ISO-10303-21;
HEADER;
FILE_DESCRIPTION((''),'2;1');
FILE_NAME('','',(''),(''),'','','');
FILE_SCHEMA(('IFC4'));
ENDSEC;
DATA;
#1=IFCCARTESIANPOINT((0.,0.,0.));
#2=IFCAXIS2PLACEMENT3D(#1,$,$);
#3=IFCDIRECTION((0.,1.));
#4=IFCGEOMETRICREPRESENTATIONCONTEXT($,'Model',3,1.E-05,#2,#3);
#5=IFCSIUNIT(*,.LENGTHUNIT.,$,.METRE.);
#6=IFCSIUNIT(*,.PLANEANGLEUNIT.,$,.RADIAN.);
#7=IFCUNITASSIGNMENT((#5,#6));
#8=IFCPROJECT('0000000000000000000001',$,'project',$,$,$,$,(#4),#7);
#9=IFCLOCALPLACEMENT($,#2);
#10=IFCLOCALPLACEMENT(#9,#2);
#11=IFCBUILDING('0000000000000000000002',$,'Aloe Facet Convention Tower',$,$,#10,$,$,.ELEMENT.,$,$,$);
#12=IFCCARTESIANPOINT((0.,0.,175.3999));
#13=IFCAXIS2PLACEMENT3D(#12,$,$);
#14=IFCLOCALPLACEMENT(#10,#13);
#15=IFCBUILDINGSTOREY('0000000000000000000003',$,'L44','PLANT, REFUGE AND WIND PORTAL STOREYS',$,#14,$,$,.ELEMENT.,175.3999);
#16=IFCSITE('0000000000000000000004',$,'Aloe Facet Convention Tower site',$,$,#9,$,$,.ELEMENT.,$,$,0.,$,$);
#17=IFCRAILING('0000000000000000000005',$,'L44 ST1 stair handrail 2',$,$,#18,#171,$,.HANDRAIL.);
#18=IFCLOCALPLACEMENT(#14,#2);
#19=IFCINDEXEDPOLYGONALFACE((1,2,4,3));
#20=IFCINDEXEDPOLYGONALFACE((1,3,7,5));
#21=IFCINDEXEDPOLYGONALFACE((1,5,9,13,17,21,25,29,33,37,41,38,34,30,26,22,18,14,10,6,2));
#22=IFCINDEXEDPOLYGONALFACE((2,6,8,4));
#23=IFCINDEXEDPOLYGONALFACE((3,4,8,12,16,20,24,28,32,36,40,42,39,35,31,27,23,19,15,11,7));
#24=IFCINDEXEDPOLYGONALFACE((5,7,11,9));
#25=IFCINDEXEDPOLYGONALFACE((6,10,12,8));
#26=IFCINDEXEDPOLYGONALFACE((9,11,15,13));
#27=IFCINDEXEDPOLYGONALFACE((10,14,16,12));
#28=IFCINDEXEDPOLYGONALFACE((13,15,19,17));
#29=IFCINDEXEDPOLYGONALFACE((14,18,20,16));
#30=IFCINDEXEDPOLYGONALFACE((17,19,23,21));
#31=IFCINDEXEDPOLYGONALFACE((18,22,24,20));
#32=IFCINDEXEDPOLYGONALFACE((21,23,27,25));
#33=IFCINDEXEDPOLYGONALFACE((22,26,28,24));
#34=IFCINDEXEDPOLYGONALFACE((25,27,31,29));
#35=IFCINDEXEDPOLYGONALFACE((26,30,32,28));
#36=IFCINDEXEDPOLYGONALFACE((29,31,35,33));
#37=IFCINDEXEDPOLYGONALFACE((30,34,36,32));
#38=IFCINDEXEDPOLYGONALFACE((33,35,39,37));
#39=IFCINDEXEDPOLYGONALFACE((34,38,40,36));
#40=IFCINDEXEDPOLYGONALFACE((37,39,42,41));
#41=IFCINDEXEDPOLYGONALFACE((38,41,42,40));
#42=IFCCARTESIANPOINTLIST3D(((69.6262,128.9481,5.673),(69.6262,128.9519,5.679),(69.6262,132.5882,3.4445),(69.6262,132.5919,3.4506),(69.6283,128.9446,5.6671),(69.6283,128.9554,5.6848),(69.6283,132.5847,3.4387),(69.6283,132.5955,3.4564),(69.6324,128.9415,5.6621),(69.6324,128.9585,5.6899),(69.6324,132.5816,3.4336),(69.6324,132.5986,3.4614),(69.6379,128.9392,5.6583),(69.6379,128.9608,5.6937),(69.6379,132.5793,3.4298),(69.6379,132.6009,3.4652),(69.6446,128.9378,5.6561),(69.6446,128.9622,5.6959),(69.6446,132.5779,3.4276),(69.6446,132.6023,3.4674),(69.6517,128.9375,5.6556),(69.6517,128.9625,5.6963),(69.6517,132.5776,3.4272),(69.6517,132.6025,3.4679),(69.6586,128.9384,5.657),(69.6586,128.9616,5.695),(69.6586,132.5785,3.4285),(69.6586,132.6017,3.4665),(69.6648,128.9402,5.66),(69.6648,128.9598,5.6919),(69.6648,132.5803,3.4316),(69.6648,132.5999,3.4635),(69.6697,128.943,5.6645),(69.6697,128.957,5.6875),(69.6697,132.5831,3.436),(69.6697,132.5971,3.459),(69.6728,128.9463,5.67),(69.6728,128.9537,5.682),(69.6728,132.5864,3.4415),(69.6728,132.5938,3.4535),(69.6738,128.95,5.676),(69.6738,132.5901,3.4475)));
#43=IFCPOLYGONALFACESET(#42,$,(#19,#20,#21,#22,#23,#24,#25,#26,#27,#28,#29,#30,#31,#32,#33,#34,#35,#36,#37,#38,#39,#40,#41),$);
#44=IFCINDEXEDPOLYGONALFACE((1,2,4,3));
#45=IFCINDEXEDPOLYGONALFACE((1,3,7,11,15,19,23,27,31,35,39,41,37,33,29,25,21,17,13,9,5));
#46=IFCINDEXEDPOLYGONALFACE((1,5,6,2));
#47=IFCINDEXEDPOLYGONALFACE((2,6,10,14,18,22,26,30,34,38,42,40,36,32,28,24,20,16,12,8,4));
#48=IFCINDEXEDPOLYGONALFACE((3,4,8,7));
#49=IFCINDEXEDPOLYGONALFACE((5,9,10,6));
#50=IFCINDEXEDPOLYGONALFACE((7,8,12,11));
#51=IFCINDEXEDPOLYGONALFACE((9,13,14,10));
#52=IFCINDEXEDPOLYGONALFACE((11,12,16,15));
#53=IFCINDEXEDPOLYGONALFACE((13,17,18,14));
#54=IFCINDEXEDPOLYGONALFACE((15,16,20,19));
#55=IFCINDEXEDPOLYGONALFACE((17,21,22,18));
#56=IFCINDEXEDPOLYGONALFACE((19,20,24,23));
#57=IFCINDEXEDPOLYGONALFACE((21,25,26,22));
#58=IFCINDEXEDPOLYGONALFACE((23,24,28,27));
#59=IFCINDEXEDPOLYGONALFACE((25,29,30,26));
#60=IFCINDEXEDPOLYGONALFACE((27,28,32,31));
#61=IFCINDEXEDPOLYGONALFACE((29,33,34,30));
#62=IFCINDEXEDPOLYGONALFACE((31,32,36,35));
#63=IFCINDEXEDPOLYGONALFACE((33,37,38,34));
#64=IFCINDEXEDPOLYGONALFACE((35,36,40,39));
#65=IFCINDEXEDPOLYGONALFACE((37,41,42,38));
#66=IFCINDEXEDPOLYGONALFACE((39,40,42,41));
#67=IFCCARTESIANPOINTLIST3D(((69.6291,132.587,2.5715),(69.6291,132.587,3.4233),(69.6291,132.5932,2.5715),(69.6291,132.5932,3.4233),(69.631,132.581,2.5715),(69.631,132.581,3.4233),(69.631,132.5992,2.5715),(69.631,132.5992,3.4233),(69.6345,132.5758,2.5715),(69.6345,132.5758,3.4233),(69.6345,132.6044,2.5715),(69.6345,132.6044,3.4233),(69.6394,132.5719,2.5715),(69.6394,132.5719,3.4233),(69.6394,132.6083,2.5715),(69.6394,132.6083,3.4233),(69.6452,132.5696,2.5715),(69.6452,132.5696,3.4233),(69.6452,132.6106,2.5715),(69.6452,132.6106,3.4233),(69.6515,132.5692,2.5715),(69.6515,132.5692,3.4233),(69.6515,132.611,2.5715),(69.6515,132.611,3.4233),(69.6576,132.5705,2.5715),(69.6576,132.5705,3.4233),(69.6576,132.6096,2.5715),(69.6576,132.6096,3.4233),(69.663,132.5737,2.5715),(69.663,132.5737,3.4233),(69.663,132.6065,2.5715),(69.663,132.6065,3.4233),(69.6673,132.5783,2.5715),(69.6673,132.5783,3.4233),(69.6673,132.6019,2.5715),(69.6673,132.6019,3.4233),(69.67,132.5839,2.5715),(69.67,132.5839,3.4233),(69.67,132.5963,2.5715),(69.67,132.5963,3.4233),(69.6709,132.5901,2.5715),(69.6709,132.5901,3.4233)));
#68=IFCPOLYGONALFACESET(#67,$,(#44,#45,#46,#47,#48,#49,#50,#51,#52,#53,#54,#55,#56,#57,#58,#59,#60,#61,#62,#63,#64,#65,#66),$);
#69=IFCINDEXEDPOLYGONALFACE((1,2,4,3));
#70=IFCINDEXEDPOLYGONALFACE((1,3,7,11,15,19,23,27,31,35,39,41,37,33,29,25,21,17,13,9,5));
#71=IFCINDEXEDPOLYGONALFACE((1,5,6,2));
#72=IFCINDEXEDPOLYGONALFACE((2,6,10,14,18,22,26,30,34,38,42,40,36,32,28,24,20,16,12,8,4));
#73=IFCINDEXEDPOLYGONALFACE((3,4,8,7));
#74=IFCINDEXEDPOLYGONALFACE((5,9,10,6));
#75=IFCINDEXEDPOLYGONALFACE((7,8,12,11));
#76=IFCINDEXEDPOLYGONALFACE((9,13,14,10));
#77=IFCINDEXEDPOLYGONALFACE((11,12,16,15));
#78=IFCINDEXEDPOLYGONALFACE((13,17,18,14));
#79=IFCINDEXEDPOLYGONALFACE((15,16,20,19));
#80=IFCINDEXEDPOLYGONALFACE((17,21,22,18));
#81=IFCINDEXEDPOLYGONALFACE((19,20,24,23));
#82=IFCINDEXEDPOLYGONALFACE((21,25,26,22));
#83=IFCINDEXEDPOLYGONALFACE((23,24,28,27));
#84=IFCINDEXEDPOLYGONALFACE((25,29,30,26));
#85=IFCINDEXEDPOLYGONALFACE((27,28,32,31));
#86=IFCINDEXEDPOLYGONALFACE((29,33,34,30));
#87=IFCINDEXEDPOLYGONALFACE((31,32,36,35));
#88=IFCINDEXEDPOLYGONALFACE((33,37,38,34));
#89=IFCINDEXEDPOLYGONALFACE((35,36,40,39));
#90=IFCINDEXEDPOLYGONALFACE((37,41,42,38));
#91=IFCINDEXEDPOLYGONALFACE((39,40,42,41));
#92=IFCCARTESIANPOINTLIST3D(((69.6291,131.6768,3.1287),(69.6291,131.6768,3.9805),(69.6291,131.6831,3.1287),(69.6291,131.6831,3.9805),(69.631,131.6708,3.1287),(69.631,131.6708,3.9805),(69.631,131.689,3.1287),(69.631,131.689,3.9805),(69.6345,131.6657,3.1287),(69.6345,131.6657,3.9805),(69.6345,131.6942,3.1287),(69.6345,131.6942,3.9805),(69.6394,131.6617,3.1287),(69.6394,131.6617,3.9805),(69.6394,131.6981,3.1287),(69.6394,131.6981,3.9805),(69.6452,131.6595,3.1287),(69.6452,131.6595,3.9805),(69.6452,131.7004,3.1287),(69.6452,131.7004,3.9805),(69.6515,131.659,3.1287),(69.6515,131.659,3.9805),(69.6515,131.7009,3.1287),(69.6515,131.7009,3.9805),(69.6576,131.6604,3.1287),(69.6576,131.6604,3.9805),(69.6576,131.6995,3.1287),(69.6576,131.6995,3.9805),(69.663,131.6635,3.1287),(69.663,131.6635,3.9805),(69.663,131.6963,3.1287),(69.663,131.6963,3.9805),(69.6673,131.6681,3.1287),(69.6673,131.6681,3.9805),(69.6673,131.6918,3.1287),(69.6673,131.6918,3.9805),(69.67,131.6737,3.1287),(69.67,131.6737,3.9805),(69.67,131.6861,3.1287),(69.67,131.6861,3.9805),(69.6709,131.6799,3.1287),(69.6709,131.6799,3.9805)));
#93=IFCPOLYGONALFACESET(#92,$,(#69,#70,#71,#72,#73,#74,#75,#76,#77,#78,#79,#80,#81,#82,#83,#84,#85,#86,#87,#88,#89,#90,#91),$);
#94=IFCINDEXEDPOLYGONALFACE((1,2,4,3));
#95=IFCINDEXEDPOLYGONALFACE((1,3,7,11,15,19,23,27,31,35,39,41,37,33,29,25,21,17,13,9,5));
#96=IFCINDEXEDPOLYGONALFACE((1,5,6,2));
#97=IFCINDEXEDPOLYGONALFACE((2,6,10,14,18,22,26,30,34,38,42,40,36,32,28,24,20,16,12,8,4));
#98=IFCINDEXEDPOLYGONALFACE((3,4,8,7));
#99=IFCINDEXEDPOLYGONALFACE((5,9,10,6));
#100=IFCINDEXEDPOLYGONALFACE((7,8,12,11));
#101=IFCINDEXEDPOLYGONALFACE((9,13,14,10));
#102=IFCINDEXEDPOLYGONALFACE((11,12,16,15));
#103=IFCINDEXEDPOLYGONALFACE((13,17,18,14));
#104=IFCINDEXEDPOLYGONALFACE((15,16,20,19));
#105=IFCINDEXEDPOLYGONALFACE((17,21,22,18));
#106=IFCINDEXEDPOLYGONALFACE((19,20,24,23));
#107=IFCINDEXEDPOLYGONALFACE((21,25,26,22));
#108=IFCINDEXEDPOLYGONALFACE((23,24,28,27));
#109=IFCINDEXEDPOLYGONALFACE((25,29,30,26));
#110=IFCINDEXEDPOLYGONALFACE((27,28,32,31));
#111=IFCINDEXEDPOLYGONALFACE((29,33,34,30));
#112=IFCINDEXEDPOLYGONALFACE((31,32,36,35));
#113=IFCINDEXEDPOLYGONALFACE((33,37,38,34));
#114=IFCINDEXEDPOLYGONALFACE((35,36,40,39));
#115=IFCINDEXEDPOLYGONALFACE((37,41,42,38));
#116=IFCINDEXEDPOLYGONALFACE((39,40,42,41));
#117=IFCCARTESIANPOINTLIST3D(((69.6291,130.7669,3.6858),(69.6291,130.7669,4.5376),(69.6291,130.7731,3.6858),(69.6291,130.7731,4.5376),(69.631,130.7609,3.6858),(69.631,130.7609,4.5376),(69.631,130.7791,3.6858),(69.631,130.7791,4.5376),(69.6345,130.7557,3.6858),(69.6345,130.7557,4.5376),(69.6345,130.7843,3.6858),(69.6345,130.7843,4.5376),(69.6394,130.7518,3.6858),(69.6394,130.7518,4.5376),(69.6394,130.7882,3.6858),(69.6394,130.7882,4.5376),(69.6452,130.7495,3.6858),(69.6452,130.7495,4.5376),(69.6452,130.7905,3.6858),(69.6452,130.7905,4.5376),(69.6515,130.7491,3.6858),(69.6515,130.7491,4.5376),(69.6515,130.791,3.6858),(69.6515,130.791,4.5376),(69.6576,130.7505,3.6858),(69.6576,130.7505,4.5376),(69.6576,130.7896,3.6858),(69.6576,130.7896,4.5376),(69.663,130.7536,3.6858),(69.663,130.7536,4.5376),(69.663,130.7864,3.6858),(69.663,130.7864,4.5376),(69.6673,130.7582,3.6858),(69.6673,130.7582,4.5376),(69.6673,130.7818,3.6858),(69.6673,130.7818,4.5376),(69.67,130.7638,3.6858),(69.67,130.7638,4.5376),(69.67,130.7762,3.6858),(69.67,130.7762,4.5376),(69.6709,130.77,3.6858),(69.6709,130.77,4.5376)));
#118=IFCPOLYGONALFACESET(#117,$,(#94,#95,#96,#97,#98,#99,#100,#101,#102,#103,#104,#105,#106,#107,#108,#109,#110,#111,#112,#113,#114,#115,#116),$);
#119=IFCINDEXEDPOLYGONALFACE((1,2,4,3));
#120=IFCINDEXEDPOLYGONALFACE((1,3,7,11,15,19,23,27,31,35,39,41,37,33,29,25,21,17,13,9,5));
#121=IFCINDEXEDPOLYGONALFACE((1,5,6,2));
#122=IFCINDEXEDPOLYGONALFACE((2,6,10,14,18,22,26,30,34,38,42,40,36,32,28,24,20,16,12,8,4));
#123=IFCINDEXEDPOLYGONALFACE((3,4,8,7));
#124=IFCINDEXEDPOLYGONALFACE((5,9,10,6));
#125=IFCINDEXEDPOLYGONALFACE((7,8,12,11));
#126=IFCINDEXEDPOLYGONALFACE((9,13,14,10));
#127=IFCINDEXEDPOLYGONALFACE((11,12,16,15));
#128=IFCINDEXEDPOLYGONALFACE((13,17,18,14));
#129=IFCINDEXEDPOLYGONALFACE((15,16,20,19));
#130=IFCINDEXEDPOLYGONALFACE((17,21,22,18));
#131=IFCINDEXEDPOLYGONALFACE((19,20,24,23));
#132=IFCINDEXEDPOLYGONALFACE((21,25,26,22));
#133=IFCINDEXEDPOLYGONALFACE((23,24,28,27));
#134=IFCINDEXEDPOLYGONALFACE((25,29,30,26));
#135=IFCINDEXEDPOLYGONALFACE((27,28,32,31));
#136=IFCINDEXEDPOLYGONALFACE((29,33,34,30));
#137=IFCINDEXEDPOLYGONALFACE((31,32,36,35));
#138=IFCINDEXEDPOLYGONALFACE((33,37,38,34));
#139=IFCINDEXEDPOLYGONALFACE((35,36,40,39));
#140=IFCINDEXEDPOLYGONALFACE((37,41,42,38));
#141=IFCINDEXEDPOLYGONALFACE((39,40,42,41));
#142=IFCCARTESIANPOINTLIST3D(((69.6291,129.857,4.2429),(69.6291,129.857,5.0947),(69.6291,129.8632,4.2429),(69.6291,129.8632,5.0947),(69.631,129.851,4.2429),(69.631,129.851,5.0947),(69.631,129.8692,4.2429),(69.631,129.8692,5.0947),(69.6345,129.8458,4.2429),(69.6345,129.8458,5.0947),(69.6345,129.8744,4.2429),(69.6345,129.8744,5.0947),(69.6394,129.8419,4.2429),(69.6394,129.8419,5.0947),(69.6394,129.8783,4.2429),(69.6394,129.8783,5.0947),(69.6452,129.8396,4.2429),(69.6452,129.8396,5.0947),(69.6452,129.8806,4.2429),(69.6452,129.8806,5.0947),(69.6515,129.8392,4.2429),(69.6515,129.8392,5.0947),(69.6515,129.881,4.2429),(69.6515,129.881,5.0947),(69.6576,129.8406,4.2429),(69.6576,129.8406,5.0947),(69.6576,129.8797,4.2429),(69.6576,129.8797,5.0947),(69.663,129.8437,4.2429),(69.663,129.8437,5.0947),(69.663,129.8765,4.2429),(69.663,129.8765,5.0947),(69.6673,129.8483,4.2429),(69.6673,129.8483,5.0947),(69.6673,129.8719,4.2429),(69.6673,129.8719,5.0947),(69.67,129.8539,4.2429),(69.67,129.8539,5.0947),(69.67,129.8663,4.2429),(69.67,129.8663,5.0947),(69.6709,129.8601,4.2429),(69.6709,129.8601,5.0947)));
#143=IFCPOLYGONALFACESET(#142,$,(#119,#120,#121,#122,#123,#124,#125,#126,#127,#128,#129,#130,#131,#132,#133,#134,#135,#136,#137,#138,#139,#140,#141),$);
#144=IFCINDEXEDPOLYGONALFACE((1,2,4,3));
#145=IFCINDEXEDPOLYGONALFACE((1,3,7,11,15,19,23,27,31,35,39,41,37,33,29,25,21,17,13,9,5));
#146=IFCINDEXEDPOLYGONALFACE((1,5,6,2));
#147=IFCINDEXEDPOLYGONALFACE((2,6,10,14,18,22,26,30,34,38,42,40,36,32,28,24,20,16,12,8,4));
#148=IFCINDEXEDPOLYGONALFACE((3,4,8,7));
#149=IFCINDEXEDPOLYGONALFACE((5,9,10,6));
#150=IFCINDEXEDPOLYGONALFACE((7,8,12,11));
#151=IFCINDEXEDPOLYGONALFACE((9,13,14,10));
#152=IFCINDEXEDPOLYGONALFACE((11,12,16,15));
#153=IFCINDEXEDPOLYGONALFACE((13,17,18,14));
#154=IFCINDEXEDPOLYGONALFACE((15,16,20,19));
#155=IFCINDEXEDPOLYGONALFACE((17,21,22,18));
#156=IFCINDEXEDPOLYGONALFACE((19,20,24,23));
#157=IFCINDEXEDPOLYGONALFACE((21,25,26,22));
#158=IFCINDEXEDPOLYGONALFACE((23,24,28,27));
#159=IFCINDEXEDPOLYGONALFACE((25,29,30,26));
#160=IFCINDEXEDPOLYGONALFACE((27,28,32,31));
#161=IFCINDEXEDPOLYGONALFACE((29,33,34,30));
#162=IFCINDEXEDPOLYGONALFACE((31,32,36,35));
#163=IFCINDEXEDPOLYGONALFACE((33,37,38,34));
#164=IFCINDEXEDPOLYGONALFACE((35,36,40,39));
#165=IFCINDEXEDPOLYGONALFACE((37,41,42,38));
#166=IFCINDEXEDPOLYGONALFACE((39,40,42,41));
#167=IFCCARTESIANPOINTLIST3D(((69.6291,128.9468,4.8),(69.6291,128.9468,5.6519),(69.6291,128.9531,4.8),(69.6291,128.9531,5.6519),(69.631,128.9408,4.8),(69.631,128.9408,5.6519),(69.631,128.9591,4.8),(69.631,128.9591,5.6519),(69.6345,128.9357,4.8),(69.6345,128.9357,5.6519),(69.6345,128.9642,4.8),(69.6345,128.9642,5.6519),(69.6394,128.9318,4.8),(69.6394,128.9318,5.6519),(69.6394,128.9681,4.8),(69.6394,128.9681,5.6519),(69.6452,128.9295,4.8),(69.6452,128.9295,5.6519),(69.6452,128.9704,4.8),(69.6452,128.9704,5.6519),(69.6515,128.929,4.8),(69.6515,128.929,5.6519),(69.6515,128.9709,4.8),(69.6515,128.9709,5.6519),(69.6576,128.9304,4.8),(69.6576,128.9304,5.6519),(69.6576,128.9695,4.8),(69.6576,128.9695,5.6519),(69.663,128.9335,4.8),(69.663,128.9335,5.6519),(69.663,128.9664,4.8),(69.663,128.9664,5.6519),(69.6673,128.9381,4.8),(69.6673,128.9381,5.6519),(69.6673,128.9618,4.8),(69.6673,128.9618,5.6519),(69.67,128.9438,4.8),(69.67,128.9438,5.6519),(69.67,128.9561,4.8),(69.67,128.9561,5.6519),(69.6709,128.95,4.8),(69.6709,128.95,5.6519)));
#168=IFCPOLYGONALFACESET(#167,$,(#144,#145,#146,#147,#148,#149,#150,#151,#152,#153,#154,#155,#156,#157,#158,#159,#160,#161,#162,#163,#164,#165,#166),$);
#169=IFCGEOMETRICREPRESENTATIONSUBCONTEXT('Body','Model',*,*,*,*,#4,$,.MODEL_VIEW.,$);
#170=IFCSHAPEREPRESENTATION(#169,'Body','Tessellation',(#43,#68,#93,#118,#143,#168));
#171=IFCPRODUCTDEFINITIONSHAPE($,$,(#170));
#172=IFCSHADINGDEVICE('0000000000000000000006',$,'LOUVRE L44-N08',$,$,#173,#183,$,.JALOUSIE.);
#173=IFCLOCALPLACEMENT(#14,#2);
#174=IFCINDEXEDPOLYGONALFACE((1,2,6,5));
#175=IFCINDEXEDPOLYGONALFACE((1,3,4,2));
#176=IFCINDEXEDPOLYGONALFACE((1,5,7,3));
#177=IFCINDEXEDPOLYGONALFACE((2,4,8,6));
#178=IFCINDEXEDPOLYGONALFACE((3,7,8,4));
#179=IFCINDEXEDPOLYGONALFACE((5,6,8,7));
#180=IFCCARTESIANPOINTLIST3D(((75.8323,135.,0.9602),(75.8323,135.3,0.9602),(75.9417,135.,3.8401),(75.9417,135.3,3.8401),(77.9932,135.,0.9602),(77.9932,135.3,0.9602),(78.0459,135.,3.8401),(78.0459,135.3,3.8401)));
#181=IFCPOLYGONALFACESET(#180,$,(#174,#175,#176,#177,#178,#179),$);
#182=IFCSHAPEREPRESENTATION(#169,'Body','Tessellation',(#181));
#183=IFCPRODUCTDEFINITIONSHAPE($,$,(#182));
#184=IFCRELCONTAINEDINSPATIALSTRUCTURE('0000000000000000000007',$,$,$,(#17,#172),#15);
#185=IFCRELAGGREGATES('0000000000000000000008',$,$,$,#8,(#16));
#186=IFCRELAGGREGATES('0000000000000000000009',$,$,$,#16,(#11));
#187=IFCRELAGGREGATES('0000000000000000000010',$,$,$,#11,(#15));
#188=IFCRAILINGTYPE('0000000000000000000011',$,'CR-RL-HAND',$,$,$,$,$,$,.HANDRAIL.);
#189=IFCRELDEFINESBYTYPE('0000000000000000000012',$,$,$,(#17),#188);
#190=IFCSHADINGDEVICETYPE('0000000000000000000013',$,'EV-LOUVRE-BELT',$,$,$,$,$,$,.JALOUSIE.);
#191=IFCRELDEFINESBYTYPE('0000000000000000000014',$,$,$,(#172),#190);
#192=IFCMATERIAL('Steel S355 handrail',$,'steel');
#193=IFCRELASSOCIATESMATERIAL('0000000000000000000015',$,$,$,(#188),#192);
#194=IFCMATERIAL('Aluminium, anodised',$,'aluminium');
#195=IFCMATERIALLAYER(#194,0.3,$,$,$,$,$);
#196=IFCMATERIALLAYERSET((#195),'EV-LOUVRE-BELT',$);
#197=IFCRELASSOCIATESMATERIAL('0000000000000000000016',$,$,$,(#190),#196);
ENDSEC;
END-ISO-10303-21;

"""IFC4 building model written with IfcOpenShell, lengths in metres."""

from ifc_helpers import new_model, si_unit, direction, frame, origin, origin_2d, place, context, subcontext, project, spatial, polyline, circle, outline, extrude, material, layer, layer_set, type_object, element, save


model = new_model("IFC4")

# Units and contexts
model_context = context("Model", 3, precision=1e-05, world=origin(), true_north=direction((0.0, 1.0)))
body_context = subcontext(model_context, "Body", "Model", "MODEL_VIEW")
ifc_project = project(units=[si_unit("LENGTHUNIT", "METRE"), si_unit("PLANEANGLEUNIT", "RADIAN")], contexts=[model_context])

# Site, building, storey
site_placement = place(None, origin())
site = spatial("IfcSite", under=ifc_project, at=site_placement, Name="Aloe Facet Convention Tower site", CompositionType="ELEMENT", RefElevation=0.0)
building_placement = place(site_placement, origin())
building = spatial("IfcBuilding", under=site, at=building_placement, Name="Aloe Facet Convention Tower", CompositionType="ELEMENT")
storey_placement = place(building_placement, frame((0.0, 0.0, 175.3999)))
storey = spatial("IfcBuildingStorey", under=building, at=storey_placement, Name="L44", Description="PLANT, REFUGE AND WIND PORTAL STOREYS", CompositionType="ELEMENT", Elevation=175.3999)

# Railing
ifc_material_1 = material(Name="Steel S355 handrail", Category="steel")
railing_type_1 = type_object("IfcRailingType", Name="CR-RL-HAND", PredefinedType="HANDRAIL", material=ifc_material_1)
railing_1_placement = place(storey_placement, frame((69.6499, 132.5901, 2.5715)))
element("IfcRailing", 1, at=railing_1_placement, inside=storey, type_object=railing_type_1, Name="L44 ST1 stair handrail 2", PredefinedType="HANDRAIL", context=body_context, shape_type="SweptSolid", body=[
    extrude(circle(Radius=0.0239, at=origin_2d()), frame((0.0, 0.0, 0.876), z_axis=(0.0, -0.852866, 0.52213), x_axis=(1.0, 0.0, 0.0)), (0.0, 0.0, 1.0), 4.2681),
    extrude(circle(Radius=0.021, at=origin_2d()), origin(), (0.0, 0.0, 1.0), 0.8518),
    extrude(circle(Radius=0.021, at=origin_2d()), frame((0.0, -0.9102, 0.5571)), (0.0, 0.0, 1.0), 0.8518),
    extrude(circle(Radius=0.021, at=origin_2d()), frame((0.0, -1.8201, 1.1143)), (0.0, 0.0, 1.0), 0.8518),
    extrude(circle(Radius=0.021, at=origin_2d()), frame((0.0, -2.73, 1.6714)), (0.0, 0.0, 1.0), 0.8518),
    extrude(circle(Radius=0.021, at=origin_2d()), frame((0.0, -3.6401, 2.2285)), (0.0, 0.0, 1.0), 0.8518),
])

# Shading device
ifc_material_2 = material(Name="Aluminium, anodised", Category="aluminium")
ifc_layer_1 = layer(ifc_material_2, 0.3)
ifc_layer_set_1 = layer_set([ifc_layer_1], Name="EV-LOUVRE-BELT")
shading_device_type = type_object("IfcShadingDeviceType", Name="EV-LOUVRE-BELT", PredefinedType="JALOUSIE", material=ifc_layer_set_1)
shading_device_placement = place(storey_placement, frame((77.9932, 135.3, 0.9602), z_axis=(0.0, 1.0, 0.0), x_axis=(-1.0, 0.0, 0.0)))
element("IfcShadingDevice", 2, at=shading_device_placement, inside=storey, type_object=shading_device_type, Name="LOUVRE L44-N08", PredefinedType="JALOUSIE", context=body_context, shape_type="SweptSolid", body=[
    extrude(outline(polyline([(0.0, 0.0), (2.1609, 0.0), (2.0515, 2.8799), (-0.0527, 2.8799), (0.0, 0.0)])), origin(), (0.0, 0.0, -1.0), 0.3),
])

save(model, "model.ifc")
